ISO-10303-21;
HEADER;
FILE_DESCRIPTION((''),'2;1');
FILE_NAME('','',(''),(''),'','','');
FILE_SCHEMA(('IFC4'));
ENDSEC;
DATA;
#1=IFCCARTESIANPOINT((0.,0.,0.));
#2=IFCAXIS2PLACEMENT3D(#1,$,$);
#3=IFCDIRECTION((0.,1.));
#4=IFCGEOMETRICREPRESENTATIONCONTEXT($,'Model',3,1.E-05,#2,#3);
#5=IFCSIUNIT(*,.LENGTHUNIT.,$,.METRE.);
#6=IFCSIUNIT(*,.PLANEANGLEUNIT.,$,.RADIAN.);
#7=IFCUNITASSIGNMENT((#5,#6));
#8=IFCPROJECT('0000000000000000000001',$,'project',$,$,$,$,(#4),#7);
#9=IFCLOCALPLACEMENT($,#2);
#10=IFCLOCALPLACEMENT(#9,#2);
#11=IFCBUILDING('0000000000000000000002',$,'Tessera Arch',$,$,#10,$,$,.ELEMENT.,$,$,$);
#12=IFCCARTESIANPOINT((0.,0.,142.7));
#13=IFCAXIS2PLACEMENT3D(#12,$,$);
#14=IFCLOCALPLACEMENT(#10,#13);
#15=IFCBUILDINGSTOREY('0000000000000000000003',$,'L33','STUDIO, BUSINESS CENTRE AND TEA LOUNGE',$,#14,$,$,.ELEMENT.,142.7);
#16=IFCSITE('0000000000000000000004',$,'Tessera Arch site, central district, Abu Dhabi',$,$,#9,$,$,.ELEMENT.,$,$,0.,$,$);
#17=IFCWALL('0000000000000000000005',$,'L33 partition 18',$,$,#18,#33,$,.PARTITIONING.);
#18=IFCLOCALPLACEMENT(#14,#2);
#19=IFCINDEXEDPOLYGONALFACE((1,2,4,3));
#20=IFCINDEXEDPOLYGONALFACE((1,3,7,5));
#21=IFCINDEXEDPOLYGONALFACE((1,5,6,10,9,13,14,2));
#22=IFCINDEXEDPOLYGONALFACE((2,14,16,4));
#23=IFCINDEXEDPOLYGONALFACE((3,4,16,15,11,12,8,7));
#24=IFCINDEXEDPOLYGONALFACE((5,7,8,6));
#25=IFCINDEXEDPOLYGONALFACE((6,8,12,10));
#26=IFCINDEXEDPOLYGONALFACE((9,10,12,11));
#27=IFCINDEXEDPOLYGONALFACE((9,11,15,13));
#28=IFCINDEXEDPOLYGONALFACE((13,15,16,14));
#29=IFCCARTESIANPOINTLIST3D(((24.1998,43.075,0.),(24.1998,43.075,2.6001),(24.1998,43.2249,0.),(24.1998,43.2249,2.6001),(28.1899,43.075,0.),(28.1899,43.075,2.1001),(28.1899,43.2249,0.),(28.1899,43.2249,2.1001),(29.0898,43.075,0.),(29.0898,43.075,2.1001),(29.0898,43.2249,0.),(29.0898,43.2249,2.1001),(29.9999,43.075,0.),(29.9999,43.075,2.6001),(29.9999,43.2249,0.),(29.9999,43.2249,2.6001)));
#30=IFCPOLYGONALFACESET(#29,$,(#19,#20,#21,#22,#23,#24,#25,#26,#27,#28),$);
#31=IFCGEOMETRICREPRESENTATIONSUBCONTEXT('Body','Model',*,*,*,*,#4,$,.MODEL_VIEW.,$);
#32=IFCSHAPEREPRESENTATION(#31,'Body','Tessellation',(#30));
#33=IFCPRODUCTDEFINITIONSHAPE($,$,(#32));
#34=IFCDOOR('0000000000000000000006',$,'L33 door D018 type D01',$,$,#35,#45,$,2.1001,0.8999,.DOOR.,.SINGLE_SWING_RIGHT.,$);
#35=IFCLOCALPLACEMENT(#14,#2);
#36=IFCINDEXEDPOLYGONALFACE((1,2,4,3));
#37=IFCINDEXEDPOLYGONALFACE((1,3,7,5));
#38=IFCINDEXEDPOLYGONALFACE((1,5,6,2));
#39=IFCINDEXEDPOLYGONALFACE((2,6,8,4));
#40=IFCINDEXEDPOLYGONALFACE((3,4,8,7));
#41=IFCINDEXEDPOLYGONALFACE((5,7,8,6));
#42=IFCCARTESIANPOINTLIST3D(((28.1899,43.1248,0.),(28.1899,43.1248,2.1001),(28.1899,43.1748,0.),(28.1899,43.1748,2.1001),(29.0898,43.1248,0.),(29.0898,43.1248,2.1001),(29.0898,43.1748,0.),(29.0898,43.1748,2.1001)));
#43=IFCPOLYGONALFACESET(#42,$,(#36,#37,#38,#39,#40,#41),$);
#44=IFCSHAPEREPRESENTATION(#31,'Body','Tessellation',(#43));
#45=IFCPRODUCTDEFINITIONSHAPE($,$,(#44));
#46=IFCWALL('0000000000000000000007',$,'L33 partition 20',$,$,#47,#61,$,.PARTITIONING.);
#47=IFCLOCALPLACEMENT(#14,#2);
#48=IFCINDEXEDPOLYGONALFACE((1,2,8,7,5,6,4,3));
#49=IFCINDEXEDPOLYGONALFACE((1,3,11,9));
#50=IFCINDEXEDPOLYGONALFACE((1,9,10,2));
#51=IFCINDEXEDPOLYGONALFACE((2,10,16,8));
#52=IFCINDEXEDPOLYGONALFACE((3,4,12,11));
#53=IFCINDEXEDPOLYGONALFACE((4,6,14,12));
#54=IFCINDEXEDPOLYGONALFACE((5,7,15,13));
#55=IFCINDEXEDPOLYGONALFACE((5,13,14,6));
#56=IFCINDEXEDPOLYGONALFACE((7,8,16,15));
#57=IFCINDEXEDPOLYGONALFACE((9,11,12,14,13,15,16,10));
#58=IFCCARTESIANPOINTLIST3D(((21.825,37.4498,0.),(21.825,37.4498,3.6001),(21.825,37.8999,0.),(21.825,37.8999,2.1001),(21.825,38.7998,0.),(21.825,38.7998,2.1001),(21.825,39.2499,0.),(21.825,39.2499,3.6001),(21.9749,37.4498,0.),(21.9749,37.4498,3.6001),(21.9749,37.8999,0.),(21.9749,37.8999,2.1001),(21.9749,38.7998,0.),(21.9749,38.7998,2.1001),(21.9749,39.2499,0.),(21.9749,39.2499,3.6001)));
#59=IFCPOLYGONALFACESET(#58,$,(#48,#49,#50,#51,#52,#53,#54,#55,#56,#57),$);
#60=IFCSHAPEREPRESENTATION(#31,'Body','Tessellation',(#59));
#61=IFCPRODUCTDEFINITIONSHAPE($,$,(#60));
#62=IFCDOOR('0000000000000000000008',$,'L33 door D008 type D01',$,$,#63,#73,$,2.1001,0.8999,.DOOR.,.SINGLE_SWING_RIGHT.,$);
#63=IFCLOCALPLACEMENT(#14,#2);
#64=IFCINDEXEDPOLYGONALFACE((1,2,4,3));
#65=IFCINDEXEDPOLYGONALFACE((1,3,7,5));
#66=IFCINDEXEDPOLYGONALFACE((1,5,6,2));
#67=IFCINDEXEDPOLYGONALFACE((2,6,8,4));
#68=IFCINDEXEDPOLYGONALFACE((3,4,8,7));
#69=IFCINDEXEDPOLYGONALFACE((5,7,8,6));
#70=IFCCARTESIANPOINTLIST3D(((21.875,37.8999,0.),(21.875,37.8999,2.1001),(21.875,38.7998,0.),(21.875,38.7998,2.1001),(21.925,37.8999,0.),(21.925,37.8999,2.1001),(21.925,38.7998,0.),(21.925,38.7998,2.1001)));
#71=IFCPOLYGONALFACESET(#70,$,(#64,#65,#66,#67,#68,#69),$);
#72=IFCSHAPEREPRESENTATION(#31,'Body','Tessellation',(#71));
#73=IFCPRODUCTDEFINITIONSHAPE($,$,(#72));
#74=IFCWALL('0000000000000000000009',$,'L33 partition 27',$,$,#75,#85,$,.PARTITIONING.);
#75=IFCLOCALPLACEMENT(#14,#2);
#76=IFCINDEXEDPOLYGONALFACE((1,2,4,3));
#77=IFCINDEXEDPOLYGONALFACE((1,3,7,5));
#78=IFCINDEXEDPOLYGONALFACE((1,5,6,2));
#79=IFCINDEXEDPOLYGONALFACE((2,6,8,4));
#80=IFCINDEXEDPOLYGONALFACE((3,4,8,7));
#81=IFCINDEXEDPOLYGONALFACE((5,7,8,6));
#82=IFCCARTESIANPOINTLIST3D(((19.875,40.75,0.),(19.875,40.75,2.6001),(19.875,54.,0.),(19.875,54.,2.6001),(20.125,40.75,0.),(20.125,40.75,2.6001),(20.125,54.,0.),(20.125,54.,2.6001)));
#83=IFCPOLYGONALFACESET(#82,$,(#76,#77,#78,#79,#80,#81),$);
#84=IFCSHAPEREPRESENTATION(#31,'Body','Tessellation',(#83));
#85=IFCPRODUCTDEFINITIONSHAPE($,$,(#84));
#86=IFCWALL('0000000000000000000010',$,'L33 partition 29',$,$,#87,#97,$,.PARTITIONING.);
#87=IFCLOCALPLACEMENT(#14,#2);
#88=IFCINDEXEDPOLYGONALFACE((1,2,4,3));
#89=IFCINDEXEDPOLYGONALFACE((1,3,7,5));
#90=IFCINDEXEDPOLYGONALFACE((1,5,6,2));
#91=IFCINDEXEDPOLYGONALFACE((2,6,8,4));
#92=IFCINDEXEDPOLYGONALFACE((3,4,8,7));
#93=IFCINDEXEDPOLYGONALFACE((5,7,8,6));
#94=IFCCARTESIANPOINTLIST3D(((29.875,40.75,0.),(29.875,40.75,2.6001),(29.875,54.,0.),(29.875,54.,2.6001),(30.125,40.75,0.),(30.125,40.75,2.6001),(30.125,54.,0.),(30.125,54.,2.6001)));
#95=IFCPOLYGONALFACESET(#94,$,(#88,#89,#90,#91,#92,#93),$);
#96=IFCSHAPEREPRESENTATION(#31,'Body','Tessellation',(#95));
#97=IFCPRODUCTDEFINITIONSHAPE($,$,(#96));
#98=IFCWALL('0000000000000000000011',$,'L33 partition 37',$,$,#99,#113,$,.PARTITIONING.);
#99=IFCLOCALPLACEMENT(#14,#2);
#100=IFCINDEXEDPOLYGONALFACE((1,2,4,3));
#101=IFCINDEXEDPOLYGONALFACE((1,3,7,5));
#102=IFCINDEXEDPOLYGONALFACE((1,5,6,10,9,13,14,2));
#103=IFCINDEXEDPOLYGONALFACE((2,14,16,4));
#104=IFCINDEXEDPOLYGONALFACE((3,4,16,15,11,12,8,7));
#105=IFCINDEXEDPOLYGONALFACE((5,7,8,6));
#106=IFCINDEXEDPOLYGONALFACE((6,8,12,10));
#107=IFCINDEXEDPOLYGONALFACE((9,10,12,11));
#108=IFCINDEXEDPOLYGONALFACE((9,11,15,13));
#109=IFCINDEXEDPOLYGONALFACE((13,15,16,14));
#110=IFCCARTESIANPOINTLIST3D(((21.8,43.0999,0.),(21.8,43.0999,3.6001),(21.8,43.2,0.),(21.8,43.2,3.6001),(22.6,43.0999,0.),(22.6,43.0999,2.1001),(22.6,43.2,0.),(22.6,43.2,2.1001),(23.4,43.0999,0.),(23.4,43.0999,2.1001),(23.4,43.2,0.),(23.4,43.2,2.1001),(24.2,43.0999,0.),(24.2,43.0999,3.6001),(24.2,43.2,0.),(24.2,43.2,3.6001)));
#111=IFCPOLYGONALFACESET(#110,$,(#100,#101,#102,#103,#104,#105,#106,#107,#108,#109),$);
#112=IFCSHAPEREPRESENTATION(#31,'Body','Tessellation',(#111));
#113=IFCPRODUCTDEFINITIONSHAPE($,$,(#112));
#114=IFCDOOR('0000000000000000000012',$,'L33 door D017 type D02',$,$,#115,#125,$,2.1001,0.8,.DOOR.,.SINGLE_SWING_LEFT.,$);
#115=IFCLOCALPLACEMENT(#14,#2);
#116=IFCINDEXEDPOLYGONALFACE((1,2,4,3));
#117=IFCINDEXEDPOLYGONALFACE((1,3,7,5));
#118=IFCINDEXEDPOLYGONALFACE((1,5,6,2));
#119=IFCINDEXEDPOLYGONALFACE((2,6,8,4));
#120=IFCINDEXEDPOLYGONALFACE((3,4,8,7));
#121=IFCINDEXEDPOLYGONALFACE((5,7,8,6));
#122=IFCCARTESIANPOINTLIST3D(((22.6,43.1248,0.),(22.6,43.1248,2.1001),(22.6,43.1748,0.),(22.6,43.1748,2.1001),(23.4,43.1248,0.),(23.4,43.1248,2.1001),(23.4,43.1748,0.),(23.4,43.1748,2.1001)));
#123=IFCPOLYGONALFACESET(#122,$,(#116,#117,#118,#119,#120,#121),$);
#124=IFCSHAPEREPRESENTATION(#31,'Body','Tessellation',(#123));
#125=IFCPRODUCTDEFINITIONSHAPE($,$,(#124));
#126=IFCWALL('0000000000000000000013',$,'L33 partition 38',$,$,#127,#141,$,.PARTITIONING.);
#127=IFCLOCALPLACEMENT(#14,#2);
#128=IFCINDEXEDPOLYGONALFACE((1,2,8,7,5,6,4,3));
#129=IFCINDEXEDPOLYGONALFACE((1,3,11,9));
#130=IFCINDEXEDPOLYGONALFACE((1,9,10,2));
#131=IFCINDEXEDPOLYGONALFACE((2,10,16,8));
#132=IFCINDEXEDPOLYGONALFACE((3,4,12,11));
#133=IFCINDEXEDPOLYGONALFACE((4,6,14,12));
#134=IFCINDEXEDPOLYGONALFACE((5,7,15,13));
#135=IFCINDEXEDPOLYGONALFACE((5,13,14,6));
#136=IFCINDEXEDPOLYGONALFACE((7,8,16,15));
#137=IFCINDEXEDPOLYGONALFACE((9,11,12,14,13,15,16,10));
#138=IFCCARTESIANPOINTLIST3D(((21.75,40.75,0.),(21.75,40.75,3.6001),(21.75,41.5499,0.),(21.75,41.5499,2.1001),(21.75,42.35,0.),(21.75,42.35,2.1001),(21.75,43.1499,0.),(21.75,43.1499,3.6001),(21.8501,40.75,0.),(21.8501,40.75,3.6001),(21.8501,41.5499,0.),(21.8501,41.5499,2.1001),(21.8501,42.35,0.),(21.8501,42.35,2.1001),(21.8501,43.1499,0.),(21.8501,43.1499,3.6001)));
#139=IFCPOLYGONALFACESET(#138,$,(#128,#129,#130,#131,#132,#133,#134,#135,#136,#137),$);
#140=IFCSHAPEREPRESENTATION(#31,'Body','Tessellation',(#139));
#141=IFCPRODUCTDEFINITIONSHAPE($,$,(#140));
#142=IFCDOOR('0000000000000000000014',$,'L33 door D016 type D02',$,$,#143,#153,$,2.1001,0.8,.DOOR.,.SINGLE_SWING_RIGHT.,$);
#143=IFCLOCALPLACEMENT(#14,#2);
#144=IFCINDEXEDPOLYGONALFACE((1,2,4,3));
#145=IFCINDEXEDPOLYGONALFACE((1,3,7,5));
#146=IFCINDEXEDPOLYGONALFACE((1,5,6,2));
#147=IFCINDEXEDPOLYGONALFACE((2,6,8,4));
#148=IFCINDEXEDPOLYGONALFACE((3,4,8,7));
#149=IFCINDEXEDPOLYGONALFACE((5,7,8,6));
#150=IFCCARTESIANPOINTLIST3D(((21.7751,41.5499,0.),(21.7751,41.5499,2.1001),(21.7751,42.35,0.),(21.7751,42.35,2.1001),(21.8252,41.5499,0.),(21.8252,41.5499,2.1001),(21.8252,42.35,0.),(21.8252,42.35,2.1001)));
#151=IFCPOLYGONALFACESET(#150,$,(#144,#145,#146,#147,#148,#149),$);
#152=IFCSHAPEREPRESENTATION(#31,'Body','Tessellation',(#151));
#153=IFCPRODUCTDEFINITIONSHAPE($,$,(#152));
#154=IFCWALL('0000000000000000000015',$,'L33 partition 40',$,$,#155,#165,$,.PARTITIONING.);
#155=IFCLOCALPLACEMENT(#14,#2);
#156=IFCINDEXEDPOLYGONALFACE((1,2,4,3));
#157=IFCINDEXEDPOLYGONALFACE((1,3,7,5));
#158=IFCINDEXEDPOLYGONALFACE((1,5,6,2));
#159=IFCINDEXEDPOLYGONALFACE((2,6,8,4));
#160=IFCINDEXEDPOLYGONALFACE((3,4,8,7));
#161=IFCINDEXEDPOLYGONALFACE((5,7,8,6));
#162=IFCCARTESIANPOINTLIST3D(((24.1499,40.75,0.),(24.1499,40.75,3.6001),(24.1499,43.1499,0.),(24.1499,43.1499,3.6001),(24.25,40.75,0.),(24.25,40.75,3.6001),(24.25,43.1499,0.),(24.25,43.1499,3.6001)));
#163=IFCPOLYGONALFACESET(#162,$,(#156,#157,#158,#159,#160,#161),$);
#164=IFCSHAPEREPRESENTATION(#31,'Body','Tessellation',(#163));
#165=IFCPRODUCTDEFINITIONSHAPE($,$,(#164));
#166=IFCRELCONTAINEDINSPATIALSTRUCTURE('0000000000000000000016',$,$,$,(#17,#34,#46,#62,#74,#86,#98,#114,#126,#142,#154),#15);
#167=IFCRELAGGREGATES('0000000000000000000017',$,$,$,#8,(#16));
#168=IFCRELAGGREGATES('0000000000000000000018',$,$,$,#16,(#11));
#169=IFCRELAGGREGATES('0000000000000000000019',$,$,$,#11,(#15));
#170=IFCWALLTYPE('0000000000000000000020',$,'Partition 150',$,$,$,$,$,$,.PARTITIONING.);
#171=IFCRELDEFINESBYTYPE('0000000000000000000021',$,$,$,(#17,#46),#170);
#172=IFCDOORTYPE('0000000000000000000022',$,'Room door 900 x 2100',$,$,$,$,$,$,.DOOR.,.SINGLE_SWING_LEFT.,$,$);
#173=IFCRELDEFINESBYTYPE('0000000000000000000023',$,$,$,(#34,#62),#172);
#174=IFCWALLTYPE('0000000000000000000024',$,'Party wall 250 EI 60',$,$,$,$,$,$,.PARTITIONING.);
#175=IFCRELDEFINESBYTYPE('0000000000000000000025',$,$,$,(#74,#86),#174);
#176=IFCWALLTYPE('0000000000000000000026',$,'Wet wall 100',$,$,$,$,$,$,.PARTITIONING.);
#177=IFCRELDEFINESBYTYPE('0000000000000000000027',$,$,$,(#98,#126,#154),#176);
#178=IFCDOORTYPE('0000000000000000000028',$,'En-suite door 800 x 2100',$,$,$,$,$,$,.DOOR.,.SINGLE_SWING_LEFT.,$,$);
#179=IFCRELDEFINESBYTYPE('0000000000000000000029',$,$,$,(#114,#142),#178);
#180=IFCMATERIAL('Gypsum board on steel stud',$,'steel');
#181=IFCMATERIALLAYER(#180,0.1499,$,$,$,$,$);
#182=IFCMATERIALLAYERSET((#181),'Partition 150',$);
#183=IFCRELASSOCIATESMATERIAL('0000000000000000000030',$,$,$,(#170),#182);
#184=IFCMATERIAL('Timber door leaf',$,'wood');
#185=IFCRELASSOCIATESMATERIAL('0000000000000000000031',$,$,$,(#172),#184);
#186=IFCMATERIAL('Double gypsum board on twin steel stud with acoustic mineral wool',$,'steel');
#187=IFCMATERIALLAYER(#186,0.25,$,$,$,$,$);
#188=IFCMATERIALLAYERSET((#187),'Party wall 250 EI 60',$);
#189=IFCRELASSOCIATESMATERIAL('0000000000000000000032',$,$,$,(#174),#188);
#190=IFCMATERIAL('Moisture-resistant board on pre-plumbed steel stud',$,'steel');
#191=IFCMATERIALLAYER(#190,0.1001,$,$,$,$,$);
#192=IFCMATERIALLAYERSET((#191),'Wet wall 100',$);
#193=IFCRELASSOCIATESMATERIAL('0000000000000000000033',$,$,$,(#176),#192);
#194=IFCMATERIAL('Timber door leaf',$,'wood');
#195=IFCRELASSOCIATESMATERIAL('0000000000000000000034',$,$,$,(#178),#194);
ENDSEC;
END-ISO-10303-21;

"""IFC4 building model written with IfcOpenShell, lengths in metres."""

from ifc_helpers import new_model, si_unit, direction, frame, frame_2d, origin, place, context, subcontext, project, spatial, rectangle, extrude, material, layer, layer_set, type_object, element, fill, save


model = new_model("IFC4")

# Units and contexts
model_context = context("Model", 3, precision=1e-05, world=origin(), true_north=direction((0.0, 1.0)))
body_context = subcontext(model_context, "Body", "Model", "MODEL_VIEW")
ifc_project = project(units=[si_unit("LENGTHUNIT", "METRE"), si_unit("PLANEANGLEUNIT", "RADIAN")], contexts=[model_context])

# Site, building, storey
site_placement = place(None, origin())
site = spatial("IfcSite", under=ifc_project, at=site_placement, Name="Tessera Arch site, central district, Abu Dhabi", CompositionType="ELEMENT", RefElevation=0.0)
building_placement = place(site_placement, origin())
building = spatial("IfcBuilding", under=site, at=building_placement, Name="Tessera Arch", CompositionType="ELEMENT")
storey_placement = place(building_placement, frame((0.0, 0.0, 142.7)))
storey = spatial("IfcBuildingStorey", under=building, at=storey_placement, Name="L33", Description="STUDIO, BUSINESS CENTRE AND TEA LOUNGE", CompositionType="ELEMENT", Elevation=142.7)

# Walls, openings, doors
ifc_material_1 = material(Name="Gypsum board on steel stud", Category="steel")
ifc_layer_1 = layer(ifc_material_1, 0.1499)
ifc_layer_set_1 = layer_set([ifc_layer_1], Name="Partition 150")
wall_type_1 = type_object("IfcWallType", Name="Partition 150", PredefinedType="PARTITIONING", material=ifc_layer_set_1)
wall_1_placement = place(storey_placement, frame((24.2, 43.1499, 0.0), z_axis=(0.0, 0.0, 1.0), x_axis=(1.0, 0.0, 0.0)))
wall_1 = element("IfcWall", 1, at=wall_1_placement, inside=storey, type_object=wall_type_1, Name="L33 partition 18", PredefinedType="PARTITIONING", context=body_context, shape_type="SweptSolid", body=[
    extrude(rectangle(XDim=5.8, YDim=0.1499, at=frame_2d((2.8999, 0.0))), origin(), (0.0, 0.0, 1.0), 2.6001),
])
opening_1_placement = place(wall_1_placement, frame((3.99, 0.0, 0.0)))
opening_1 = element("IfcOpeningElement", 2, at=opening_1_placement, cuts=wall_1, PredefinedType="OPENING", context=body_context, shape_type="SweptSolid", body=[
    extrude(rectangle(XDim=0.8999, YDim=2.1001, at=frame_2d((0.45, 1.05))), frame((0.0, 0.085, 0.0), z_axis=(0.0, -1.0, 0.0), x_axis=(1.0, 0.0, 0.0)), (0.0, 0.0, 1.0), 0.1699),
])
ifc_material_2 = material(Name="Timber door leaf", Category="wood")
door_type_1 = type_object("IfcDoorType", Name="Room door 900 x 2100", OperationType="SINGLE_SWING_LEFT", PredefinedType="DOOR", material=ifc_material_2)
door_1_placement = place(opening_1_placement, origin())
door_1 = element("IfcDoor", 3, at=door_1_placement, inside=storey, type_object=door_type_1, Name="L33 door D018 type D01", OperationType="SINGLE_SWING_RIGHT", OverallHeight=2.1001, OverallWidth=0.8999, PredefinedType="DOOR", context=body_context, shape_type="SweptSolid", body=[
    extrude(rectangle(XDim=0.8999, YDim=2.1001, at=frame_2d((0.45, 1.05))), frame((0.0, 0.0249, 0.0), z_axis=(0.0, -1.0, 0.0), x_axis=(1.0, 0.0, 0.0)), (0.0, 0.0, 1.0), 0.05),
])
fill(opening_1, door_1)
wall_2_placement = place(storey_placement, frame((21.8999, 37.45, 0.0), z_axis=(0.0, 0.0, 1.0), x_axis=(0.0, 1.0, 0.0)))
wall_2 = element("IfcWall", 4, at=wall_2_placement, inside=storey, type_object=wall_type_1, Name="L33 partition 20", PredefinedType="PARTITIONING", context=body_context, shape_type="SweptSolid", body=[
    extrude(rectangle(XDim=1.8, YDim=0.1499, at=frame_2d((0.8999, 0.0))), origin(), (0.0, 0.0, 1.0), 3.6001),
])
opening_2_placement = place(wall_2_placement, frame((0.45, 0.0, 0.0)))
opening_2 = element("IfcOpeningElement", 5, at=opening_2_placement, cuts=wall_2, PredefinedType="OPENING", context=body_context, shape_type="SweptSolid", body=[
    extrude(rectangle(XDim=0.8999, YDim=2.1001, at=frame_2d((0.45, 1.05))), frame((0.0, 0.085, 0.0), z_axis=(0.0, -1.0, 0.0), x_axis=(1.0, 0.0, 0.0)), (0.0, 0.0, 1.0), 0.1699),
])
door_2_placement = place(opening_2_placement, origin())
door_2 = element("IfcDoor", 6, at=door_2_placement, inside=storey, type_object=door_type_1, Name="L33 door D008 type D01", OperationType="SINGLE_SWING_RIGHT", OverallHeight=2.1001, OverallWidth=0.8999, PredefinedType="DOOR", context=body_context, shape_type="SweptSolid", body=[
    extrude(rectangle(XDim=0.8999, YDim=2.1001, at=frame_2d((0.45, 1.05))), frame((0.0, 0.0249, 0.0), z_axis=(0.0, -1.0, 0.0), x_axis=(1.0, 0.0, 0.0)), (0.0, 0.0, 1.0), 0.05),
])
fill(opening_2, door_2)

# Walls
ifc_material_3 = material(Name="Double gypsum board on twin steel stud with acoustic mineral wool", Category="steel")
ifc_layer_2 = layer(ifc_material_3, 0.25)
ifc_layer_set_2 = layer_set([ifc_layer_2], Name="Party wall 250 EI 60")
wall_type_2 = type_object("IfcWallType", Name="Party wall 250 EI 60", PredefinedType="PARTITIONING", material=ifc_layer_set_2)
for number, where, z_axis, x_axis, name in (
    (7, (20.0, 40.75, 0.0), (0.0, 0.0, 1.0), (0.0, 1.0, 0.0), "L33 partition 27"),
    (8, (30.0, 40.75, 0.0), (0.0, 0.0, 1.0), (0.0, 1.0, 0.0), "L33 partition 29"),
):
    element("IfcWall", number, at=place(storey_placement, frame(where, z_axis=z_axis, x_axis=x_axis)), inside=storey, type_object=wall_type_2, Name=name, PredefinedType="PARTITIONING", context=body_context, shape_type="SweptSolid", body=[
        extrude(rectangle(XDim=13.25, YDim=0.25, at=frame_2d((6.625, 0.0))), origin(), (0.0, 0.0, 1.0), 2.6001),
    ])

# Walls, openings, doors
ifc_material_4 = material(Name="Moisture-resistant board on pre-plumbed steel stud", Category="steel")
ifc_layer_3 = layer(ifc_material_4, 0.1001)
ifc_layer_set_3 = layer_set([ifc_layer_3], Name="Wet wall 100")
wall_type_3 = type_object("IfcWallType", Name="Wet wall 100", PredefinedType="PARTITIONING", material=ifc_layer_set_3)
wall_3_placement = place(storey_placement, frame((21.8, 43.1499, 0.0), z_axis=(0.0, 0.0, 1.0), x_axis=(1.0, 0.0, 0.0)))
wall_3 = element("IfcWall", 9, at=wall_3_placement, inside=storey, type_object=wall_type_3, Name="L33 partition 37", PredefinedType="PARTITIONING", context=body_context, shape_type="SweptSolid", body=[
    extrude(rectangle(XDim=2.3999, YDim=0.1001, at=frame_2d((1.2, 0.0))), origin(), (0.0, 0.0, 1.0), 3.6001),
])
opening_3_placement = place(wall_3_placement, frame((0.8, 0.0, 0.0)))
opening_3 = element("IfcOpeningElement", 10, at=opening_3_placement, cuts=wall_3, PredefinedType="OPENING", context=body_context, shape_type="SweptSolid", body=[
    extrude(rectangle(XDim=0.8, YDim=2.1001, at=frame_2d((0.3999, 1.05))), frame((0.0, 0.0601, 0.0), z_axis=(0.0, -1.0, 0.0), x_axis=(1.0, 0.0, 0.0)), (0.0, 0.0, 1.0), 0.1201),
])
ifc_material_5 = material(Name="Timber door leaf", Category="wood")
door_type_2 = type_object("IfcDoorType", Name="En-suite door 800 x 2100", OperationType="SINGLE_SWING_LEFT", PredefinedType="DOOR", material=ifc_material_5)
door_3_placement = place(opening_3_placement, origin())
door_3 = element("IfcDoor", 11, at=door_3_placement, inside=storey, type_object=door_type_2, Name="L33 door D017 type D02", OperationType="SINGLE_SWING_LEFT", OverallHeight=2.1001, OverallWidth=0.8, PredefinedType="DOOR", context=body_context, shape_type="SweptSolid", body=[
    extrude(rectangle(XDim=0.8, YDim=2.1001, at=frame_2d((0.3999, 1.05))), frame((0.0, 0.0249, 0.0), z_axis=(0.0, -1.0, 0.0), x_axis=(1.0, 0.0, 0.0)), (0.0, 0.0, 1.0), 0.05),
])
fill(opening_3, door_3)
wall_4_placement = place(storey_placement, frame((21.8, 40.75, 0.0), z_axis=(0.0, 0.0, 1.0), x_axis=(0.0, 1.0, 0.0)))
wall_4 = element("IfcWall", 12, at=wall_4_placement, inside=storey, type_object=wall_type_3, Name="L33 partition 38", PredefinedType="PARTITIONING", context=body_context, shape_type="SweptSolid", body=[
    extrude(rectangle(XDim=2.3999, YDim=0.1001, at=frame_2d((1.2, 0.0))), origin(), (0.0, 0.0, 1.0), 3.6001),
])
opening_4_placement = place(wall_4_placement, frame((0.8, 0.0, 0.0)))
opening_4 = element("IfcOpeningElement", 13, at=opening_4_placement, cuts=wall_4, PredefinedType="OPENING", context=body_context, shape_type="SweptSolid", body=[
    extrude(rectangle(XDim=0.8, YDim=2.1001, at=frame_2d((0.3999, 1.05))), frame((0.0, 0.0601, 0.0), z_axis=(0.0, -1.0, 0.0), x_axis=(1.0, 0.0, 0.0)), (0.0, 0.0, 1.0), 0.1201),
])
door_4_placement = place(opening_4_placement, origin())
door_4 = element("IfcDoor", 14, at=door_4_placement, inside=storey, type_object=door_type_2, Name="L33 door D016 type D02", OperationType="SINGLE_SWING_RIGHT", OverallHeight=2.1001, OverallWidth=0.8, PredefinedType="DOOR", context=body_context, shape_type="SweptSolid", body=[
    extrude(rectangle(XDim=0.8, YDim=2.1001, at=frame_2d((0.3999, 1.05))), frame((0.0, 0.0249, 0.0), z_axis=(0.0, -1.0, 0.0), x_axis=(1.0, 0.0, 0.0)), (0.0, 0.0, 1.0), 0.05),
])
fill(opening_4, door_4)

# Wall
wall_5_placement = place(storey_placement, frame((24.2, 40.75, 0.0), z_axis=(0.0, 0.0, 1.0), x_axis=(0.0, 1.0, 0.0)))
element("IfcWall", 15, at=wall_5_placement, inside=storey, type_object=wall_type_3, Name="L33 partition 40", PredefinedType="PARTITIONING", context=body_context, shape_type="SweptSolid", body=[
    extrude(rectangle(XDim=2.3999, YDim=0.1001, at=frame_2d((1.2, 0.0))), origin(), (0.0, 0.0, 1.0), 3.6001),
])

save(model, "model.ifc")
